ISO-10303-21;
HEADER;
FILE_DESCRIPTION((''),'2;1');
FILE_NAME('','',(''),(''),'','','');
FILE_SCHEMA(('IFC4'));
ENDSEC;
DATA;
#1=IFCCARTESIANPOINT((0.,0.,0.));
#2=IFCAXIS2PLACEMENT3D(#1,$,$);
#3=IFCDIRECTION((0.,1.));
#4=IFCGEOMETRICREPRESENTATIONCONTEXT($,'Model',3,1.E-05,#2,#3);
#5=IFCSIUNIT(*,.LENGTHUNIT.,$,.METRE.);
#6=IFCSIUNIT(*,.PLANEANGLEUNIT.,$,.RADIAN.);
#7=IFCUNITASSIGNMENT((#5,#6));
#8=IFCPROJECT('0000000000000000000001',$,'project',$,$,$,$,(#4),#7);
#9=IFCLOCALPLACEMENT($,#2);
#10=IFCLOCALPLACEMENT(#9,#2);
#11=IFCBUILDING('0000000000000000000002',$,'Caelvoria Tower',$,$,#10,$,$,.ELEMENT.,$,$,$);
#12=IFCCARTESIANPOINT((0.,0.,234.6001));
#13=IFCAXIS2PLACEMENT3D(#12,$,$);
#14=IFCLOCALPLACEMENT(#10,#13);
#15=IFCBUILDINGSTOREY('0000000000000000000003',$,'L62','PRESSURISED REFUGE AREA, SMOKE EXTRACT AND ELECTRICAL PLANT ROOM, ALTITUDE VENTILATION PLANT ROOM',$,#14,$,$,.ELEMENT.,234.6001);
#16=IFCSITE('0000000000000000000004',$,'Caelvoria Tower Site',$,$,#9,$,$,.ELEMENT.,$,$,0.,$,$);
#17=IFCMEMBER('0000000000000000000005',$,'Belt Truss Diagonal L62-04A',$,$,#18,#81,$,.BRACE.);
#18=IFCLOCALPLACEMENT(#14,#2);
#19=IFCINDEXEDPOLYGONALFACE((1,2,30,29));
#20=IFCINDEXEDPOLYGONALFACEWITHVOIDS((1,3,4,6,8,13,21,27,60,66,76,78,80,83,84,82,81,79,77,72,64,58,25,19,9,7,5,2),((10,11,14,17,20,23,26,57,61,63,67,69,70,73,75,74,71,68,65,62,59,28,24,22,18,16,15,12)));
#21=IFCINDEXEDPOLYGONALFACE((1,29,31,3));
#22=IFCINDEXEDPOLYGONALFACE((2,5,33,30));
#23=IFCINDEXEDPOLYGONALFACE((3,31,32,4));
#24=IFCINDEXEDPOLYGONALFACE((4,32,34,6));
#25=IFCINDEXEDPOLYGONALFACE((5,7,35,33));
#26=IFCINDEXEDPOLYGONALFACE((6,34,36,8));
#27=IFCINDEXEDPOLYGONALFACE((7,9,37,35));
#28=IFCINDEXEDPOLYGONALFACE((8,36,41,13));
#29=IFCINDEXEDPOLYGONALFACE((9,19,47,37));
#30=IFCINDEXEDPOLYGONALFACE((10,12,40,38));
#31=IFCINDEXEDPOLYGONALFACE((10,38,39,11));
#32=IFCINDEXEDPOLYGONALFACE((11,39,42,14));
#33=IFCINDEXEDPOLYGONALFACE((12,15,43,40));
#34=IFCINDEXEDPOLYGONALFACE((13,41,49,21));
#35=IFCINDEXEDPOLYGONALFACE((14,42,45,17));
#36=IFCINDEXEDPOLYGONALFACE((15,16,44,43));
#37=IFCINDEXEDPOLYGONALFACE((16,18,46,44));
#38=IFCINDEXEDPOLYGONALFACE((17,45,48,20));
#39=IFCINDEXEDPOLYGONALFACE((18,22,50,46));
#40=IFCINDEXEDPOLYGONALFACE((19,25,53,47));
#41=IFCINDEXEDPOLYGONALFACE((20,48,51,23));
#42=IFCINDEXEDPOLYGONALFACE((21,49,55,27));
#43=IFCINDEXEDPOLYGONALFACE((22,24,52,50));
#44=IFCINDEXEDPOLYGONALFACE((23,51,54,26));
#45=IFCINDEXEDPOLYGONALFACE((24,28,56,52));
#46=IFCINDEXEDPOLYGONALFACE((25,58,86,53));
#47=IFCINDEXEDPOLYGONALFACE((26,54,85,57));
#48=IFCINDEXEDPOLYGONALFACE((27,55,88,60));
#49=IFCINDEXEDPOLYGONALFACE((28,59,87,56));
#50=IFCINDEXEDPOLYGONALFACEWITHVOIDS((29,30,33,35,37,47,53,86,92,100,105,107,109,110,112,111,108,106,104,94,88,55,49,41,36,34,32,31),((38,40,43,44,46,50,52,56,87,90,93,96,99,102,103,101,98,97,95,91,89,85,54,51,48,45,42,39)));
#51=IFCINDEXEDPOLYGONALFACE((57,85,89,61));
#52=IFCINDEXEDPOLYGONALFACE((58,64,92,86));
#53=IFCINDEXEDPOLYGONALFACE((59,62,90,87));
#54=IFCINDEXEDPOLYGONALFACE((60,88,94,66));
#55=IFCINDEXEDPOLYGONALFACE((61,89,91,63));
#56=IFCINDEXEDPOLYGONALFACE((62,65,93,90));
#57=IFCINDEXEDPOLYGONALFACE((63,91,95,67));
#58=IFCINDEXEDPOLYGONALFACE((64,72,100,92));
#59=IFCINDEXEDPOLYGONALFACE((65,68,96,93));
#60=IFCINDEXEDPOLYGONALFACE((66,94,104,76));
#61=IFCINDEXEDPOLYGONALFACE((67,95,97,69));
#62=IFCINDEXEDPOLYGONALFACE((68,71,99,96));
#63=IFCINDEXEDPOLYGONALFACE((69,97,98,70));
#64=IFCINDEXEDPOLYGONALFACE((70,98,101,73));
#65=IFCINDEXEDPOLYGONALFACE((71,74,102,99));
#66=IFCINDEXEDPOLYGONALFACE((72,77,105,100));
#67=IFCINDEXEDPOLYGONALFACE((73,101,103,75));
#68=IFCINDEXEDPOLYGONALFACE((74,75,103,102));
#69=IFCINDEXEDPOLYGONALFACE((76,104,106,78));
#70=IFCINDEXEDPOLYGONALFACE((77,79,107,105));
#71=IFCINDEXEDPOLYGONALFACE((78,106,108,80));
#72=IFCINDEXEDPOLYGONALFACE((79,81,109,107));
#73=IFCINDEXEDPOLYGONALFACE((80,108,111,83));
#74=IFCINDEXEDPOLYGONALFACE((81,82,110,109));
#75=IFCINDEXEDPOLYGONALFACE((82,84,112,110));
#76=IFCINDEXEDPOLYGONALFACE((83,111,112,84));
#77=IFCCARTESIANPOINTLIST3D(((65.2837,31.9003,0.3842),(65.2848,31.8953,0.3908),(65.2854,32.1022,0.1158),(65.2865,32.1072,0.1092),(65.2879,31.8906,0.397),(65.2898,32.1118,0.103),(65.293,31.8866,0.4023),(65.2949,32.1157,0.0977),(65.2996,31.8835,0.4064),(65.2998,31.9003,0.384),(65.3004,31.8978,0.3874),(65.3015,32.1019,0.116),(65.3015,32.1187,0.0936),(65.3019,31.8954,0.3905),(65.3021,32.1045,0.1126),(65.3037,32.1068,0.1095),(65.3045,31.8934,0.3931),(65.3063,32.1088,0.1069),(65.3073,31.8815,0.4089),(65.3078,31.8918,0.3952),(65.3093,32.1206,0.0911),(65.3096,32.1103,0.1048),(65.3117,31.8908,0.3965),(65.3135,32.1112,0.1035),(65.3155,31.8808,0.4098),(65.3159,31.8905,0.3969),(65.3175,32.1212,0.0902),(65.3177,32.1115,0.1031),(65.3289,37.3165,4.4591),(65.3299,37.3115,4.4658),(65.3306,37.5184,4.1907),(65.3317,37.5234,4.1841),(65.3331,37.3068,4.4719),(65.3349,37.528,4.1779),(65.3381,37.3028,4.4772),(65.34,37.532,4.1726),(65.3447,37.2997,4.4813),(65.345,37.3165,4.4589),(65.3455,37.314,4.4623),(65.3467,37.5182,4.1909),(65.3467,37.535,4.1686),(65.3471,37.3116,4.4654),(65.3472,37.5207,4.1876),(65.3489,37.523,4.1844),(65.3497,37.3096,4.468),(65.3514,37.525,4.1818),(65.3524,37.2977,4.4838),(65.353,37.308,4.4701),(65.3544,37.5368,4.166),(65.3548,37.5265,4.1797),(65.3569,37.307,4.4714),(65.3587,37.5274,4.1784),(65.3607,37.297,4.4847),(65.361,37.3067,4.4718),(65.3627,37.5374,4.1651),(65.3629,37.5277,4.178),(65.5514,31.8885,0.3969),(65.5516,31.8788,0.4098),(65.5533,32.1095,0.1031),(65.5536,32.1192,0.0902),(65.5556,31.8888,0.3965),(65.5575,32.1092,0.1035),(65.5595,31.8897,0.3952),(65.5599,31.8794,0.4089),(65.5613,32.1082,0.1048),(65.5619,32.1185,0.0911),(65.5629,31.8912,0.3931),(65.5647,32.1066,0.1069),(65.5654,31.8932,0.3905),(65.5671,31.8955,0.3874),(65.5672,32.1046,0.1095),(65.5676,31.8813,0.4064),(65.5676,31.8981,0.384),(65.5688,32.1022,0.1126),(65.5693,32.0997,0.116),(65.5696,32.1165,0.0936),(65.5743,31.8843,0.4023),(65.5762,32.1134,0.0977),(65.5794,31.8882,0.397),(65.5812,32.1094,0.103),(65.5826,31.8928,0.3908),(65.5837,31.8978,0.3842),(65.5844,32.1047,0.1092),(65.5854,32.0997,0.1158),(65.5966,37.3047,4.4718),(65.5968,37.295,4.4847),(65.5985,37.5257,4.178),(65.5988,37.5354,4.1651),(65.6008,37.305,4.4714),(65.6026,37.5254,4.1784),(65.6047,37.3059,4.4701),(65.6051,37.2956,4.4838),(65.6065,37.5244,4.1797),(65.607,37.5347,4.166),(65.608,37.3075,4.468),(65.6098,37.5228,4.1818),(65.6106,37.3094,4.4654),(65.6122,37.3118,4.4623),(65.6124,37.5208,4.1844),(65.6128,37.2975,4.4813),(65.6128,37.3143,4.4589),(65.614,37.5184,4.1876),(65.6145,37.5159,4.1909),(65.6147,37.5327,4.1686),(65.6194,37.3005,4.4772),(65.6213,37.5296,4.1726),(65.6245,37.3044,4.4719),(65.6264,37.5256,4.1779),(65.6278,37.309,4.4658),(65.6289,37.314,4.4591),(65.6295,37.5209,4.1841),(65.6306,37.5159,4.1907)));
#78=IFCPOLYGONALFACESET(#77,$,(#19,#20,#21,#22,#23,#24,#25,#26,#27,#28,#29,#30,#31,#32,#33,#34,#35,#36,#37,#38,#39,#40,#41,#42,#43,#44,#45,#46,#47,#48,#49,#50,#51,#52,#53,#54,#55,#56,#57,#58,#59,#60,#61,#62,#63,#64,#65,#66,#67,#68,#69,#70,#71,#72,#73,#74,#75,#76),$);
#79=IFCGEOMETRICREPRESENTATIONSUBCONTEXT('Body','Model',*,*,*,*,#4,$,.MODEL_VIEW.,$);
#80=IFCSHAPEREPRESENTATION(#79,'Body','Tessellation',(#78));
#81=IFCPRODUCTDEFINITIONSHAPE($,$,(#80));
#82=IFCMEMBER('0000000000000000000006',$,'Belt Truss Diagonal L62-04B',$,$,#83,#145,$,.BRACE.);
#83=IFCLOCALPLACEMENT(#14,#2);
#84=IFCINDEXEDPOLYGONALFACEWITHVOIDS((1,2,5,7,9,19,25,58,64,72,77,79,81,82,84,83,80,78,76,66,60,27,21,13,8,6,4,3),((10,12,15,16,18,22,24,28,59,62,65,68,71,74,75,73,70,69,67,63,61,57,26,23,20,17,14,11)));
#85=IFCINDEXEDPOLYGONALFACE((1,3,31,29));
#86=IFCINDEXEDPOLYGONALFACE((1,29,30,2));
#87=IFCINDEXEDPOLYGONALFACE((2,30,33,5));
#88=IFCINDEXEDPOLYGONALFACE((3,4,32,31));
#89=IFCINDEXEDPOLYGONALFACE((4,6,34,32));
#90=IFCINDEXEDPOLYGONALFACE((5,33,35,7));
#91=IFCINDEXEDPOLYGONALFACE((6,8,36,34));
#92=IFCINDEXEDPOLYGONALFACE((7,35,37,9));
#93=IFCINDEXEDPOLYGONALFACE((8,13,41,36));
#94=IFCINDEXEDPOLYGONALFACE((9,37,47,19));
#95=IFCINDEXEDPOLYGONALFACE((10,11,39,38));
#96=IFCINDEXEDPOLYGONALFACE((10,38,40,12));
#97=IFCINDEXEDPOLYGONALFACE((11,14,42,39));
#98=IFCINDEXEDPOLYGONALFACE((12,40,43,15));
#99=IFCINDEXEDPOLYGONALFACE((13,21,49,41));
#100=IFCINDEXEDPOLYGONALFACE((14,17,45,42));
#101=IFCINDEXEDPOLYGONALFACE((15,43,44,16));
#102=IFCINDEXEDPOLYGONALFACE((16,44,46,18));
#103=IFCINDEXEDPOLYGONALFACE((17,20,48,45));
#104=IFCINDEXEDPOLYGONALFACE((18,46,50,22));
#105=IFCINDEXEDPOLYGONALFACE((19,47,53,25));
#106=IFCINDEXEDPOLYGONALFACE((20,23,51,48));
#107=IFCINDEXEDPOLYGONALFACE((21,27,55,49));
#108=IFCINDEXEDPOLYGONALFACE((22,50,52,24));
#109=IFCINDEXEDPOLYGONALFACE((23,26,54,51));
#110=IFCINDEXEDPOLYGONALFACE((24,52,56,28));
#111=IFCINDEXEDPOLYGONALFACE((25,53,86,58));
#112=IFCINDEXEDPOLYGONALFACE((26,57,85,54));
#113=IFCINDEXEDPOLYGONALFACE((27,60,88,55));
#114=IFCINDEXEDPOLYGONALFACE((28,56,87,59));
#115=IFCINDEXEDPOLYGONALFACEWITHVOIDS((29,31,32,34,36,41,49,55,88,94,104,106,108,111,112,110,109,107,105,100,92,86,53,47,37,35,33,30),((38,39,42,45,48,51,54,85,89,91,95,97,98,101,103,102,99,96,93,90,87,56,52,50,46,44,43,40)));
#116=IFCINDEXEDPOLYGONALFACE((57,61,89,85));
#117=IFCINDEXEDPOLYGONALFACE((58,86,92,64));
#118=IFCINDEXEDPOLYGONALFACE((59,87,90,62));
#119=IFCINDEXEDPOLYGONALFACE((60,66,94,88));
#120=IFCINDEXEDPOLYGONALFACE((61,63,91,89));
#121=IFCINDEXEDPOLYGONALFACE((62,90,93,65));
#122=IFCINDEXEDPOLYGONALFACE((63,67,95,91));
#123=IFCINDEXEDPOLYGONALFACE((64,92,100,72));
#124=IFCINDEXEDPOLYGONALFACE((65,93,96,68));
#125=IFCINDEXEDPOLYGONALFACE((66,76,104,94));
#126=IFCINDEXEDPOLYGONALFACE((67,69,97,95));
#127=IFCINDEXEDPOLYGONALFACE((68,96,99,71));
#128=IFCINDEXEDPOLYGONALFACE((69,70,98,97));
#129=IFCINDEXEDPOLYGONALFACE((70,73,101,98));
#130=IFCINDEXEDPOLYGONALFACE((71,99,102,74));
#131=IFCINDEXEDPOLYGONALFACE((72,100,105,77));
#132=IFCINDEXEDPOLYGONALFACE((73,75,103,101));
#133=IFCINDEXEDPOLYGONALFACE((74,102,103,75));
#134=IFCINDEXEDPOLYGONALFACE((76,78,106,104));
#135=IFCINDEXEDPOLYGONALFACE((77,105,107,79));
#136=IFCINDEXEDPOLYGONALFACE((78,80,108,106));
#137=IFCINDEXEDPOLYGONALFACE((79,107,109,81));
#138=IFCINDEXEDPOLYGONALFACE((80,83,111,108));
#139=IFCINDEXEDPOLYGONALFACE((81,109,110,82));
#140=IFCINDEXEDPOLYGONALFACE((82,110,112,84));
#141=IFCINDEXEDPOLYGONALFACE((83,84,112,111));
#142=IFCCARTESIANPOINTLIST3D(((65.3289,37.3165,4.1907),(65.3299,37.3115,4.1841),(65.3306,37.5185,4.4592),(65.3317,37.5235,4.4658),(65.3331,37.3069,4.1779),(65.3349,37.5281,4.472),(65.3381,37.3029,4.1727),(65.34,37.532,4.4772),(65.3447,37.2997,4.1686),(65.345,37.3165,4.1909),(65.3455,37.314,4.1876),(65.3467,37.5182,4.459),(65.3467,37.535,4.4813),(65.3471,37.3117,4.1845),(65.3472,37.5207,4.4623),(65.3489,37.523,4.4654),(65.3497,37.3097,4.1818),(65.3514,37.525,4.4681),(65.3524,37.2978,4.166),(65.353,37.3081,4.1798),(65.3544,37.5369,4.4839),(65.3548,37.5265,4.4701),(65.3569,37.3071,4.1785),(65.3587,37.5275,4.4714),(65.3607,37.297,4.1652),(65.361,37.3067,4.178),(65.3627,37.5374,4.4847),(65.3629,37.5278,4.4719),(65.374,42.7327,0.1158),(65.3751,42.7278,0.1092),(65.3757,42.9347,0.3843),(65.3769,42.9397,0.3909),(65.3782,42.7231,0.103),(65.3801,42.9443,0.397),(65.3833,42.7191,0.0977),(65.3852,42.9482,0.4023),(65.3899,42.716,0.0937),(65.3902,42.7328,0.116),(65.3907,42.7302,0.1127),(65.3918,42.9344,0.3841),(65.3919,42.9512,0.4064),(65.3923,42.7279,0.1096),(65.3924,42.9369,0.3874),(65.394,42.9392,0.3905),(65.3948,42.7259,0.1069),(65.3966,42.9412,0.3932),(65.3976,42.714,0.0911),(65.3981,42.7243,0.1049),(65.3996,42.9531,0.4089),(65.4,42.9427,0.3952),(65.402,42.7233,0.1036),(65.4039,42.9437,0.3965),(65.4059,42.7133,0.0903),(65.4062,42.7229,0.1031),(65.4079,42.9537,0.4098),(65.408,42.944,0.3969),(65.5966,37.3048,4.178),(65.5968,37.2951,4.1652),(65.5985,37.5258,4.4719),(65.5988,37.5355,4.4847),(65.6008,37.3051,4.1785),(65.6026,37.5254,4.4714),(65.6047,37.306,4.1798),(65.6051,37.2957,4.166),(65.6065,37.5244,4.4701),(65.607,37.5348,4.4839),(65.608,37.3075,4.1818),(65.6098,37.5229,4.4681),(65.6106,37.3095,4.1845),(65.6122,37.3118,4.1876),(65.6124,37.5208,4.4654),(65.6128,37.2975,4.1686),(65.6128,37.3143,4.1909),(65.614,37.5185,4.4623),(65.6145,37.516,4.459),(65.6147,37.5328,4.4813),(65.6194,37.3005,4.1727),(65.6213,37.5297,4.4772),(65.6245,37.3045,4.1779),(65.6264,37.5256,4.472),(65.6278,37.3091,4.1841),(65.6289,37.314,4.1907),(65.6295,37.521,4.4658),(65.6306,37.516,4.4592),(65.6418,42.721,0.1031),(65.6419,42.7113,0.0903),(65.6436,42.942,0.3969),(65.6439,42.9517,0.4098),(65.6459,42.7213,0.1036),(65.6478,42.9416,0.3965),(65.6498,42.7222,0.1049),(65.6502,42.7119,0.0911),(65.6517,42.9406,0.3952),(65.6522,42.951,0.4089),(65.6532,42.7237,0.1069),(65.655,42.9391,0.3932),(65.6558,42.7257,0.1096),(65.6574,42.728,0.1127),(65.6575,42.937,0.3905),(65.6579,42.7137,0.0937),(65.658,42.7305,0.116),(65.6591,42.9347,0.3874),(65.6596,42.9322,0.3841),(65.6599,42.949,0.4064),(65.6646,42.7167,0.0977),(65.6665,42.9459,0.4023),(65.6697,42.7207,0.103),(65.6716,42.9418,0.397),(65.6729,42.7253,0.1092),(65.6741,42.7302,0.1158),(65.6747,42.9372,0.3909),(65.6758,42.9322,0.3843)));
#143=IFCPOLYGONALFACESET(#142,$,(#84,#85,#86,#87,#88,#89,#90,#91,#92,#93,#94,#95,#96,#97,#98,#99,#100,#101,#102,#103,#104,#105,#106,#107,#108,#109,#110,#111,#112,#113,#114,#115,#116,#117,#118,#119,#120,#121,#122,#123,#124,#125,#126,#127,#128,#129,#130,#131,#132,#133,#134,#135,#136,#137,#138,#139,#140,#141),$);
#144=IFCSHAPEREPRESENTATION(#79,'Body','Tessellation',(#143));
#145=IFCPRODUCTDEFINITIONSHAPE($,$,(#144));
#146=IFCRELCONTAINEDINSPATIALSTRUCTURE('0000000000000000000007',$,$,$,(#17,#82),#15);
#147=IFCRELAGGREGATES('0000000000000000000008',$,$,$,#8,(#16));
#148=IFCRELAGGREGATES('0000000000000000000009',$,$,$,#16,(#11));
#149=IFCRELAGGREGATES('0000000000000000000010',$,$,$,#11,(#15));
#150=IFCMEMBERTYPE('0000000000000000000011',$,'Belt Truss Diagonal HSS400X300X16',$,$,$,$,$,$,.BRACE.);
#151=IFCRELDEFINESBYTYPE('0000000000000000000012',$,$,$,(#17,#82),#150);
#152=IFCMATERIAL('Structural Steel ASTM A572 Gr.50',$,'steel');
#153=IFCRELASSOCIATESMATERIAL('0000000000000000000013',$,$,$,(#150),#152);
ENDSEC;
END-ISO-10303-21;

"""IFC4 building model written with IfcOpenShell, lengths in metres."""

from ifc_helpers import new_model, si_unit, direction, frame, origin, origin_2d, place, context, subcontext, project, spatial, hollow_rectangle, extrude, material, material_profile, profile_set, type_object, element, save


model = new_model("IFC4")

# Units and contexts
model_context = context("Model", 3, precision=1e-05, world=origin(), true_north=direction((0.0, 1.0)))
body_context = subcontext(model_context, "Body", "Model", "MODEL_VIEW")
ifc_project = project(units=[si_unit("LENGTHUNIT", "METRE"), si_unit("PLANEANGLEUNIT", "RADIAN")], contexts=[model_context])

# Site, building, storey
site_placement = place(None, origin())
site = spatial("IfcSite", under=ifc_project, at=site_placement, Name="Caelvoria Tower Site", CompositionType="ELEMENT", RefElevation=0.0)
building_placement = place(site_placement, origin())
building = spatial("IfcBuilding", under=site, at=building_placement, Name="Caelvoria Tower", CompositionType="ELEMENT")
storey_placement = place(building_placement, frame((0.0, 0.0, 234.6001)))
storey = spatial("IfcBuildingStorey", under=building, at=storey_placement, Name="L62", Description="PRESSURISED REFUGE AREA, SMOKE EXTRACT AND ELECTRICAL PLANT ROOM, ALTITUDE VENTILATION PLANT ROOM", CompositionType="ELEMENT", Elevation=234.6001)

# Shared definitions
ifc_material_1 = material(Name="Structural Steel ASTM A572 Gr.50", Category="steel")

# Members
ifc_material_profile_1 = material_profile(ifc_material_1, hollow_rectangle(XDim=0.3, YDim=0.3999, WallThickness=0.0161, InnerFilletRadius=0.0161, OuterFilletRadius=0.032, at=origin_2d()), Name="Structural Steel ASTM A572 Gr.50")
ifc_profile_set_1 = profile_set([ifc_material_profile_1], Name="HSS400X300X16 - Structural Steel ASTM A572 Gr.50")
member_type_1 = type_object("IfcMemberType", Name="Belt Truss Diagonal HSS400X300X16", PredefinedType="BRACE", material=ifc_profile_set_1)
for number, where, z_axis, x_axis, name in (
    (1, (65.4346, 32.0, 0.25), (0.006663, 0.799078, 0.60119), (-0.999965, 0.008339, 0.0), "Belt Truss Diagonal L62-04A"),
    (2, (65.4797, 37.4163, 4.325), (0.006663, 0.799078, -0.60119), (-0.999965, 0.008339, 0.0), "Belt Truss Diagonal L62-04B"),
):
    element("IfcMember", number, at=place(storey_placement, frame(where, z_axis=z_axis, x_axis=x_axis)), inside=storey, type_object=member_type_1, Name=name, PredefinedType="BRACE", context=body_context, shape_type="SweptSolid", body=[
        extrude(hollow_rectangle(XDim=0.3, YDim=0.3999, WallThickness=0.0161, InnerFilletRadius=0.0161, OuterFilletRadius=0.032, at=origin_2d()), origin(), (0.0, 0.0, 1.0), 6.7781),
    ])

save(model, "model.ifc")
